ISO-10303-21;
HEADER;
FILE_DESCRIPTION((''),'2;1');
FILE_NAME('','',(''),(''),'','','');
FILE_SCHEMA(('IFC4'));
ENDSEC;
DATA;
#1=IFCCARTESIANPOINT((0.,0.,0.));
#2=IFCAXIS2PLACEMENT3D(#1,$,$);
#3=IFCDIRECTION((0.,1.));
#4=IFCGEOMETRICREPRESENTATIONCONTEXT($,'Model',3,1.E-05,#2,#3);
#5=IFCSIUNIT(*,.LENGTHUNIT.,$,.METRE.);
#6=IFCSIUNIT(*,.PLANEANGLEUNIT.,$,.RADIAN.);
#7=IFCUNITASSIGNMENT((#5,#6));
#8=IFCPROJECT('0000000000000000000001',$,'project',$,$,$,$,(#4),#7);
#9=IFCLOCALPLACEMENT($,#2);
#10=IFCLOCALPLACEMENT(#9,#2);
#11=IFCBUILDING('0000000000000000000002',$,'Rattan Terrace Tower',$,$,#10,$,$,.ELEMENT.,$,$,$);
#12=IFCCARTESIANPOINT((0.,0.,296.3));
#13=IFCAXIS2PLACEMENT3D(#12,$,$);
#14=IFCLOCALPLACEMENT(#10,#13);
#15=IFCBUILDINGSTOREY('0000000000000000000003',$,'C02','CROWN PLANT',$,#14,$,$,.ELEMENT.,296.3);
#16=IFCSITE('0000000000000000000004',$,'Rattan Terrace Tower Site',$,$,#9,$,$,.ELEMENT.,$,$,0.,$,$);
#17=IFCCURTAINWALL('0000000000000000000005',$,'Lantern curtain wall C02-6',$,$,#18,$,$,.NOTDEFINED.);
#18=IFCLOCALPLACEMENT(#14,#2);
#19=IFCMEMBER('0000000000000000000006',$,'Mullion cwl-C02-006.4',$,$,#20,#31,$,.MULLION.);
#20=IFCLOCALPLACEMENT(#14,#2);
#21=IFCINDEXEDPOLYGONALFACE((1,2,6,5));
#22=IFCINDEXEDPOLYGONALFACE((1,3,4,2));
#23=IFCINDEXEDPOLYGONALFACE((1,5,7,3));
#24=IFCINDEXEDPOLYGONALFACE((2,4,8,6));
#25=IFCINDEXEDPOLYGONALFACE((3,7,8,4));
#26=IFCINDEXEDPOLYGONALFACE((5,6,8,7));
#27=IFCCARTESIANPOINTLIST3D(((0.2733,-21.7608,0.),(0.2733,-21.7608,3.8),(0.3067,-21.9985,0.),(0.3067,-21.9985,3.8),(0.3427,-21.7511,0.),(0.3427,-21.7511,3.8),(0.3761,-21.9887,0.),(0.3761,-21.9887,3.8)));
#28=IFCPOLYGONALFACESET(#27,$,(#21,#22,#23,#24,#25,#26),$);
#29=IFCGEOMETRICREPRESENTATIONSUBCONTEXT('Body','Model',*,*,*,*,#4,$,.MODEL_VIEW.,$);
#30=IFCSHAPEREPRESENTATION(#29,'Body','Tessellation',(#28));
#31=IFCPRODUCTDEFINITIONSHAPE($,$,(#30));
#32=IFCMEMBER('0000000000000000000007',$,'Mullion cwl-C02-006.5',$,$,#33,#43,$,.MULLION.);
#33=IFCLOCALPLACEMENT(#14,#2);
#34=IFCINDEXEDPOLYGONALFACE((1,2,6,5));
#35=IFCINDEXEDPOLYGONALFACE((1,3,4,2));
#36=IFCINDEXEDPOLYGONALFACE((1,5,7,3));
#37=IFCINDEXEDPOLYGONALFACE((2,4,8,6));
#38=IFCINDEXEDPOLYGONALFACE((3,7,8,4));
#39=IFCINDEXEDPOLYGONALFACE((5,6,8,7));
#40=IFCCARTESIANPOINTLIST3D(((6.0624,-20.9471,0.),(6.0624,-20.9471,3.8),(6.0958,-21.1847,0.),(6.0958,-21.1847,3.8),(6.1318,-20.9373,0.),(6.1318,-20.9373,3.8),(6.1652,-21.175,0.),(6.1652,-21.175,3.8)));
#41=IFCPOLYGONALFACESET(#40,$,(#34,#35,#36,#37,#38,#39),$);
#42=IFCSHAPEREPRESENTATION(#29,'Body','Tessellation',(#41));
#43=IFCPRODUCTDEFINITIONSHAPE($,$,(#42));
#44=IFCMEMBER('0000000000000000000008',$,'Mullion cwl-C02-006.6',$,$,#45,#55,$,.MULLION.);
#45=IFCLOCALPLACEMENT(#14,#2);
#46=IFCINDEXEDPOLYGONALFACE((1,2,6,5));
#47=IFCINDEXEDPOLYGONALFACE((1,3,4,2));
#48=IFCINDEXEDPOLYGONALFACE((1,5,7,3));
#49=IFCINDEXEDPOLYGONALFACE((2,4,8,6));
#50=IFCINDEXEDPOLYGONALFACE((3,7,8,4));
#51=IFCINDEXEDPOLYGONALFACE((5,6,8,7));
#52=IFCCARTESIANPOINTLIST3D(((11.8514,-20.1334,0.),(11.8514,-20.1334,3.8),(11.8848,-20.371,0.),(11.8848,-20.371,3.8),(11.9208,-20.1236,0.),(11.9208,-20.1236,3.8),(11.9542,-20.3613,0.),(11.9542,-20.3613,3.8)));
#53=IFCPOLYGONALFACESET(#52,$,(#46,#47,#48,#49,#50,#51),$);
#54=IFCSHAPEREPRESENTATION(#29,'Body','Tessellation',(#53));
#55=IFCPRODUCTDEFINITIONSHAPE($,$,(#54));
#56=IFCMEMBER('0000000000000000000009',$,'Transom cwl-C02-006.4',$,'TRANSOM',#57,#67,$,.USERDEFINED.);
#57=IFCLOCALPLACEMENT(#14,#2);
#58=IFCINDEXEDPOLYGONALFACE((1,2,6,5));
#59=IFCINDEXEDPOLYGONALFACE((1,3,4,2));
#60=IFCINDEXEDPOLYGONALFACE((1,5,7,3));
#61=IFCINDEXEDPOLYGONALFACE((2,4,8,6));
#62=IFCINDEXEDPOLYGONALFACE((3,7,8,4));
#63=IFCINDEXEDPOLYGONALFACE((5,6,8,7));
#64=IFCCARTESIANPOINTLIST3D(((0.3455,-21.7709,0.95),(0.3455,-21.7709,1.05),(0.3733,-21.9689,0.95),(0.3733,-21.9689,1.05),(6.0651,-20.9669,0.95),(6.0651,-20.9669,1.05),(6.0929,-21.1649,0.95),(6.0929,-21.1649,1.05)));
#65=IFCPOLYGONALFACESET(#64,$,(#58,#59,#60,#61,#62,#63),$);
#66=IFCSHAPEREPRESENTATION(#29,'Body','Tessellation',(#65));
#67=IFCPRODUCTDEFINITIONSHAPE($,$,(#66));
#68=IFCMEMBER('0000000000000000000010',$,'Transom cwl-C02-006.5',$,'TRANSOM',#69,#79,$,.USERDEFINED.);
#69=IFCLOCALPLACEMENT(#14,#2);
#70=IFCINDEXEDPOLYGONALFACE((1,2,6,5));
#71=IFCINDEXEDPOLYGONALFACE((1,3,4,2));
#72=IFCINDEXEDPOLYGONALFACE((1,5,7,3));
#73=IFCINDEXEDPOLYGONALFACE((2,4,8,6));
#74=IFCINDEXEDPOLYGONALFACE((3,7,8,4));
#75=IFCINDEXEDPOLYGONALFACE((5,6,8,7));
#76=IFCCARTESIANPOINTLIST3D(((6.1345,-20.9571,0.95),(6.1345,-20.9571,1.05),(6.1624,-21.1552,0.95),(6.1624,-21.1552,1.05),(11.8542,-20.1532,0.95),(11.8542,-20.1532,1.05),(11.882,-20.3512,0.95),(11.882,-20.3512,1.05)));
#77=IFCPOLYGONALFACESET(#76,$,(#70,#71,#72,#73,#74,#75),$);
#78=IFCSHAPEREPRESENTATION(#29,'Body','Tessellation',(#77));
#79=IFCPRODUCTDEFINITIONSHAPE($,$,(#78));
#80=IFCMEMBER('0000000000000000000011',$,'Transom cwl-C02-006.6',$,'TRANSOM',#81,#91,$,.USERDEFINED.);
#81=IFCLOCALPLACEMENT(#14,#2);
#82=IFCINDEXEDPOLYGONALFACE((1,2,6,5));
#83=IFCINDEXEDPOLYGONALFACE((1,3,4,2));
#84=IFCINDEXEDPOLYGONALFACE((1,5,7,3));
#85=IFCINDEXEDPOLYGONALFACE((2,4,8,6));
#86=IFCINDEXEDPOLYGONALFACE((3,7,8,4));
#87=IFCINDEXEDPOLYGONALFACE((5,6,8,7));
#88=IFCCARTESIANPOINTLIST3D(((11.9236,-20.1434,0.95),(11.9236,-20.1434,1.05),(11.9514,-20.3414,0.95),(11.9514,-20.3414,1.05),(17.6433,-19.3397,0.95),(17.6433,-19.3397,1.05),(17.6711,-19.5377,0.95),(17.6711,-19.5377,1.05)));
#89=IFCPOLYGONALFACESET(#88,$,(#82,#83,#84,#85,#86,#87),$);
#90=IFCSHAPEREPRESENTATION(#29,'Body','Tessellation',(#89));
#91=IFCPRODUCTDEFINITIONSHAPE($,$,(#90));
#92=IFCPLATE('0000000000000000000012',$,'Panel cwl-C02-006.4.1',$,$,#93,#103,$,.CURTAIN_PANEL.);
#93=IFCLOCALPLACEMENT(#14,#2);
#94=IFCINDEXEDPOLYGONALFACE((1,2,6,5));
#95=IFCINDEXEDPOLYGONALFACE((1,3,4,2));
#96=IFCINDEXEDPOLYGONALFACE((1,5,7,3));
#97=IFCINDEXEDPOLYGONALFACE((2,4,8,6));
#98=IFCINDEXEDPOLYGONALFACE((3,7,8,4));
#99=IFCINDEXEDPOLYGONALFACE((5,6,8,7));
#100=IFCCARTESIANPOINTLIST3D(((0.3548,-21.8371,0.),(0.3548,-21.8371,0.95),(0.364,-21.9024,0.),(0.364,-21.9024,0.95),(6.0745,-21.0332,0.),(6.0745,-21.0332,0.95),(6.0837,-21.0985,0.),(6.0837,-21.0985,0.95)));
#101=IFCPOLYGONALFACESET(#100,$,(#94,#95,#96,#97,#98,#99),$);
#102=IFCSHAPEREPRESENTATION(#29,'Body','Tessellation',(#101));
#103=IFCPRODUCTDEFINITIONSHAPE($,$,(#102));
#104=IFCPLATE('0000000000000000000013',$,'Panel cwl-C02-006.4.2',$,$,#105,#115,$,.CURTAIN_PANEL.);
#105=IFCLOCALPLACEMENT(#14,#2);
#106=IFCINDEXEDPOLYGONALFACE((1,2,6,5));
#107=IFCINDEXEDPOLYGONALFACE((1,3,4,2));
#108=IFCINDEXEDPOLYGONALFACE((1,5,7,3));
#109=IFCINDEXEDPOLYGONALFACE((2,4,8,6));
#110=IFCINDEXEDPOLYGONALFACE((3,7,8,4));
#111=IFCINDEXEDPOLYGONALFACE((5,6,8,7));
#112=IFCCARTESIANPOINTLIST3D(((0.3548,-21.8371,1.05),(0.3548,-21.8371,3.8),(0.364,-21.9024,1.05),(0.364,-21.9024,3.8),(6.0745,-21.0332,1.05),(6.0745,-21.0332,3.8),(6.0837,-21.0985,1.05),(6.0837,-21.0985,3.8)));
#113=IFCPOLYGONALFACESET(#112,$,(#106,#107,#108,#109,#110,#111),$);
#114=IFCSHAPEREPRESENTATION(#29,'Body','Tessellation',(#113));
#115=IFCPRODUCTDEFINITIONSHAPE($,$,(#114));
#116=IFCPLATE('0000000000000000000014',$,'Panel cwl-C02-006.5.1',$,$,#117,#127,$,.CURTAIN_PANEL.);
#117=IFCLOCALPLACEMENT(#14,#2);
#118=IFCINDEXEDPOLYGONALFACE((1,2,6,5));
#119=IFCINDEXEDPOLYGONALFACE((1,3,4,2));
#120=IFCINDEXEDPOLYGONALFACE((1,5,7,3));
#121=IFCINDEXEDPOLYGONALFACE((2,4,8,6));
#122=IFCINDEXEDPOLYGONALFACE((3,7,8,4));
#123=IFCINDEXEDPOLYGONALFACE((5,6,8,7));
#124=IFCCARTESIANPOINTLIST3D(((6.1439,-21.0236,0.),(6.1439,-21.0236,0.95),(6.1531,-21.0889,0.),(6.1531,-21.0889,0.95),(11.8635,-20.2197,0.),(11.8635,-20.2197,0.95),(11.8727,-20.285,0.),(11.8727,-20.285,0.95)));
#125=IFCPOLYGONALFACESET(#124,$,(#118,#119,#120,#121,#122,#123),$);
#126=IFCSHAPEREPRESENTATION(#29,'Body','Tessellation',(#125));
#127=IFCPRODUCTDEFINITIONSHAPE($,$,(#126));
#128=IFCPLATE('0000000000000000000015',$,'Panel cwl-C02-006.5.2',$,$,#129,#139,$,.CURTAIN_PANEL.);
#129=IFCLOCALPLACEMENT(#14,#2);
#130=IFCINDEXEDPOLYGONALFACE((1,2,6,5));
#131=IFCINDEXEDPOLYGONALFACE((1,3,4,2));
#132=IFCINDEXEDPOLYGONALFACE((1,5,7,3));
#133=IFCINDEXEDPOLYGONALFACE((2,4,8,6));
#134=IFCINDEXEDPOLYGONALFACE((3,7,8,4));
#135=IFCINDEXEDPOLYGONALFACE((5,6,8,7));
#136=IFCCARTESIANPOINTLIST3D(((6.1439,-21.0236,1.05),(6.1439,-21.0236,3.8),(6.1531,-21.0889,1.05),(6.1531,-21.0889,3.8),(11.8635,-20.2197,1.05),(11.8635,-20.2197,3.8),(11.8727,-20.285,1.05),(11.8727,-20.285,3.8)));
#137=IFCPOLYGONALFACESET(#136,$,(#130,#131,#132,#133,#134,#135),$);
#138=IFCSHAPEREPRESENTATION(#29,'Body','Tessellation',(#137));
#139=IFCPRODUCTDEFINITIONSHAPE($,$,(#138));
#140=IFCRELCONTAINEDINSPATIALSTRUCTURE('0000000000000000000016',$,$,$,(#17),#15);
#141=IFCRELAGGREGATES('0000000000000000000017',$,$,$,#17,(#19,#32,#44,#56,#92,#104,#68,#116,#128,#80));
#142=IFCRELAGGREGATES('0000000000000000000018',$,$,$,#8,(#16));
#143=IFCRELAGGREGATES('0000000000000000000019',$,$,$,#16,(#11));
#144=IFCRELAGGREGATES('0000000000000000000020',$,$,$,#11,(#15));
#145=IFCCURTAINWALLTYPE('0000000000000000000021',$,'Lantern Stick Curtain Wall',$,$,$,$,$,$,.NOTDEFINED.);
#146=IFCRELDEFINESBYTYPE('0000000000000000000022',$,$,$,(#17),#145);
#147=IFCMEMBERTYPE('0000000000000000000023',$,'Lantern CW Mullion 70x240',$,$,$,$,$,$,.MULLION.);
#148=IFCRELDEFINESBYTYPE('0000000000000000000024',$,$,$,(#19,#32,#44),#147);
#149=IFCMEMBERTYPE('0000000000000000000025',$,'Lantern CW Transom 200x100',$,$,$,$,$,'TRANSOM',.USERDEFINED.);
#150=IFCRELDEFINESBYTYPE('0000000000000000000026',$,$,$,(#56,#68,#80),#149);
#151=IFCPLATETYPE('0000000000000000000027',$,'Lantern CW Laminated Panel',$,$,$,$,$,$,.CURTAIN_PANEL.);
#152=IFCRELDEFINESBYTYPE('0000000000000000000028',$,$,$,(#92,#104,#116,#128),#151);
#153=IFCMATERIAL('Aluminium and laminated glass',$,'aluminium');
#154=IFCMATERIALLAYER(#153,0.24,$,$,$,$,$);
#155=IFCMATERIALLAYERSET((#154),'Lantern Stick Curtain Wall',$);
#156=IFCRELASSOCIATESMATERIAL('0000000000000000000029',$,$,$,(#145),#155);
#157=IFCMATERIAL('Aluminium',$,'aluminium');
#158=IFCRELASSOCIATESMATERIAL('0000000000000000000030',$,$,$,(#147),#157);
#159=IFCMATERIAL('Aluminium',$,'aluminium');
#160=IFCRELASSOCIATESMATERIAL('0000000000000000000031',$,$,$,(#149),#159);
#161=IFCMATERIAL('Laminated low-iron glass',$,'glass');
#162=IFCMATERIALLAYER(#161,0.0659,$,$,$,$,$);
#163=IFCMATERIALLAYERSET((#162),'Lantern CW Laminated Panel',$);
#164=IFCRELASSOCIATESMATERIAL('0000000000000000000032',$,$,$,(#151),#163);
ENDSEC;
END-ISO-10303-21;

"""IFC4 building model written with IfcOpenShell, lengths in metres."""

from ifc_helpers import new_model, si_unit, direction, frame, origin, origin_2d, place, context, subcontext, project, spatial, rectangle, extrude, material, layer, layer_set, material_profile, profile_set, type_object, element, aggregate, save


model = new_model("IFC4")

# Units and contexts
model_context = context("Model", 3, precision=1e-05, world=origin(), true_north=direction((0.0, 1.0)))
body_context = subcontext(model_context, "Body", "Model", "MODEL_VIEW")
ifc_project = project(units=[si_unit("LENGTHUNIT", "METRE"), si_unit("PLANEANGLEUNIT", "RADIAN")], contexts=[model_context])

# Site, building, storey
site_placement = place(None, origin())
site = spatial("IfcSite", under=ifc_project, at=site_placement, Name="Rattan Terrace Tower Site", CompositionType="ELEMENT", RefElevation=0.0)
building_placement = place(site_placement, origin())
building = spatial("IfcBuilding", under=site, at=building_placement, Name="Rattan Terrace Tower", CompositionType="ELEMENT")
storey_placement = place(building_placement, frame((0.0, 0.0, 296.3)))
storey = spatial("IfcBuildingStorey", under=building, at=storey_placement, Name="C02", Description="CROWN PLANT", CompositionType="ELEMENT", Elevation=296.3)

# Curtain wall, members, plates
ifc_material_1 = material(Name="Aluminium and laminated glass", Category="aluminium")
ifc_layer_1 = layer(ifc_material_1, 0.24)
ifc_layer_set_1 = layer_set([ifc_layer_1], Name="Lantern Stick Curtain Wall")
curtain_wall_type = type_object("IfcCurtainWallType", Name="Lantern Stick Curtain Wall", PredefinedType="NOTDEFINED", material=ifc_layer_set_1)
curtain_wall_placement = place(storey_placement, origin())
curtain_wall = element("IfcCurtainWall", 1, at=curtain_wall_placement, inside=storey, type_object=curtain_wall_type, Name="Lantern curtain wall C02-6", PredefinedType="NOTDEFINED")
ifc_material_2 = material(Name="Aluminium", Category="aluminium")
ifc_material_profile_1 = material_profile(ifc_material_2, rectangle(XDim=0.0701, YDim=0.24, at=origin_2d()), Name="Aluminium 70x240")
ifc_profile_set_1 = profile_set([ifc_material_profile_1], Name="Aluminium")
member_type_1 = type_object("IfcMemberType", Name="Lantern CW Mullion 70x240", PredefinedType="MULLION", material=ifc_profile_set_1)
member_1_placement = place(storey_placement, frame((0.3247, -21.8748, 0.0), z_axis=(0.0, 0.0, 1.0), x_axis=(0.990267, 0.139181, 0.0)))
member_1 = element("IfcMember", 2, at=member_1_placement, type_object=member_type_1, Name="Mullion cwl-C02-006.4", PredefinedType="MULLION", context=body_context, shape_type="SweptSolid", body=[
    extrude(rectangle(XDim=0.0701, YDim=0.24, at=origin_2d()), origin(), (0.0, 0.0, 1.0), 3.8),
])
member_2_placement = place(storey_placement, frame((6.1138, -21.061, 0.0), z_axis=(0.0, 0.0, 1.0), x_axis=(0.990267, 0.139181, 0.0)))
member_2 = element("IfcMember", 3, at=member_2_placement, type_object=member_type_1, Name="Mullion cwl-C02-006.5", PredefinedType="MULLION", context=body_context, shape_type="SweptSolid", body=[
    extrude(rectangle(XDim=0.0701, YDim=0.24, at=origin_2d()), origin(), (0.0, 0.0, 1.0), 3.8),
])
member_3_placement = place(storey_placement, frame((11.9028, -20.2473, 0.0), z_axis=(0.0, 0.0, 1.0), x_axis=(0.990267, 0.139181, 0.0)))
member_3 = element("IfcMember", 4, at=member_3_placement, type_object=member_type_1, Name="Mullion cwl-C02-006.6", PredefinedType="MULLION", context=body_context, shape_type="SweptSolid", body=[
    extrude(rectangle(XDim=0.0701, YDim=0.24, at=origin_2d()), origin(), (0.0, 0.0, 1.0), 3.8),
])
ifc_material_3 = material(Name="Aluminium", Category="aluminium")
ifc_material_profile_2 = material_profile(ifc_material_3, rectangle(XDim=0.2, YDim=0.1001, at=origin_2d()), Name="Aluminium 200x100")
ifc_profile_set_2 = profile_set([ifc_material_profile_2], Name="Aluminium")
member_type_2 = type_object("IfcMemberType", Name="Lantern CW Transom 200x100", ElementType="TRANSOM", PredefinedType="USERDEFINED", material=ifc_profile_set_2)
member_4_placement = place(storey_placement, frame((0.3594, -21.8699, 1.0), z_axis=(0.990266, 0.13919, 0.0), x_axis=(-0.13919, 0.990266, 0.0)))
member_4 = element("IfcMember", 5, at=member_4_placement, type_object=member_type_2, Name="Transom cwl-C02-006.4", ObjectType="TRANSOM", PredefinedType="USERDEFINED", context=body_context, shape_type="SweptSolid", body=[
    extrude(rectangle(XDim=0.2, YDim=0.1001, at=origin_2d()), origin(), (0.0, 0.0, 1.0), 5.7759),
])
member_5_placement = place(storey_placement, frame((6.1484, -21.0562, 1.0), z_axis=(0.990266, 0.13919, 0.0), x_axis=(-0.13919, 0.990266, 0.0)))
member_5 = element("IfcMember", 6, at=member_5_placement, type_object=member_type_2, Name="Transom cwl-C02-006.5", ObjectType="TRANSOM", PredefinedType="USERDEFINED", context=body_context, shape_type="SweptSolid", body=[
    extrude(rectangle(XDim=0.2, YDim=0.1001, at=origin_2d()), origin(), (0.0, 0.0, 1.0), 5.7759),
])
member_6_placement = place(storey_placement, frame((11.9375, -20.2424, 1.0), z_axis=(0.990272, 0.139149, 0.0), x_axis=(-0.139149, 0.990272, 0.0)))
member_6 = element("IfcMember", 7, at=member_6_placement, type_object=member_type_2, Name="Transom cwl-C02-006.6", ObjectType="TRANSOM", PredefinedType="USERDEFINED", context=body_context, shape_type="SweptSolid", body=[
    extrude(rectangle(XDim=0.2, YDim=0.1001, at=origin_2d()), origin(), (0.0, 0.0, 1.0), 5.7759),
])
ifc_material_4 = material(Name="Laminated low-iron glass", Category="glass")
ifc_layer_2 = layer(ifc_material_4, 0.0659)
ifc_layer_set_2 = layer_set([ifc_layer_2], Name="Lantern CW Laminated Panel")
plate_type = type_object("IfcPlateType", Name="Lantern CW Laminated Panel", PredefinedType="CURTAIN_PANEL", material=ifc_layer_set_2)
plate_1_placement = place(storey_placement, frame((3.2192, -21.4678, 0.0), z_axis=(0.0, 0.0, 1.0), x_axis=(0.990267, 0.139181, 0.0)))
plate_1 = element("IfcPlate", 8, at=plate_1_placement, type_object=plate_type, Name="Panel cwl-C02-006.4.1", PredefinedType="CURTAIN_PANEL", context=body_context, shape_type="SweptSolid", body=[
    extrude(rectangle(XDim=5.7759, YDim=0.0659, at=origin_2d()), origin(), (0.0, 0.0, 1.0), 0.95),
])
plate_2_placement = place(storey_placement, frame((3.2192, -21.4678, 1.05), z_axis=(0.0, 0.0, 1.0), x_axis=(0.990267, 0.139181, 0.0)))
plate_2 = element("IfcPlate", 9, at=plate_2_placement, type_object=plate_type, Name="Panel cwl-C02-006.4.2", PredefinedType="CURTAIN_PANEL", context=body_context, shape_type="SweptSolid", body=[
    extrude(rectangle(XDim=5.7759, YDim=0.0659, at=origin_2d()), origin(), (0.0, 0.0, 1.0), 2.75),
])
plate_3_placement = place(storey_placement, frame((9.0083, -20.6543, 0.0), z_axis=(0.0, 0.0, 1.0), x_axis=(0.990267, 0.139181, 0.0)))
plate_3 = element("IfcPlate", 10, at=plate_3_placement, type_object=plate_type, Name="Panel cwl-C02-006.5.1", PredefinedType="CURTAIN_PANEL", context=body_context, shape_type="SweptSolid", body=[
    extrude(rectangle(XDim=5.7759, YDim=0.0659, at=origin_2d()), origin(), (0.0, 0.0, 1.0), 0.95),
])
plate_4_placement = place(storey_placement, frame((9.0083, -20.6543, 1.05), z_axis=(0.0, 0.0, 1.0), x_axis=(0.990267, 0.139181, 0.0)))
plate_4 = element("IfcPlate", 11, at=plate_4_placement, type_object=plate_type, Name="Panel cwl-C02-006.5.2", PredefinedType="CURTAIN_PANEL", context=body_context, shape_type="SweptSolid", body=[
    extrude(rectangle(XDim=5.7759, YDim=0.0659, at=origin_2d()), origin(), (0.0, 0.0, 1.0), 2.75),
])
aggregate(curtain_wall, [member_1, member_2, member_3, member_4, plate_1, plate_2, member_5, plate_3, plate_4, member_6])

save(model, "model.ifc")
